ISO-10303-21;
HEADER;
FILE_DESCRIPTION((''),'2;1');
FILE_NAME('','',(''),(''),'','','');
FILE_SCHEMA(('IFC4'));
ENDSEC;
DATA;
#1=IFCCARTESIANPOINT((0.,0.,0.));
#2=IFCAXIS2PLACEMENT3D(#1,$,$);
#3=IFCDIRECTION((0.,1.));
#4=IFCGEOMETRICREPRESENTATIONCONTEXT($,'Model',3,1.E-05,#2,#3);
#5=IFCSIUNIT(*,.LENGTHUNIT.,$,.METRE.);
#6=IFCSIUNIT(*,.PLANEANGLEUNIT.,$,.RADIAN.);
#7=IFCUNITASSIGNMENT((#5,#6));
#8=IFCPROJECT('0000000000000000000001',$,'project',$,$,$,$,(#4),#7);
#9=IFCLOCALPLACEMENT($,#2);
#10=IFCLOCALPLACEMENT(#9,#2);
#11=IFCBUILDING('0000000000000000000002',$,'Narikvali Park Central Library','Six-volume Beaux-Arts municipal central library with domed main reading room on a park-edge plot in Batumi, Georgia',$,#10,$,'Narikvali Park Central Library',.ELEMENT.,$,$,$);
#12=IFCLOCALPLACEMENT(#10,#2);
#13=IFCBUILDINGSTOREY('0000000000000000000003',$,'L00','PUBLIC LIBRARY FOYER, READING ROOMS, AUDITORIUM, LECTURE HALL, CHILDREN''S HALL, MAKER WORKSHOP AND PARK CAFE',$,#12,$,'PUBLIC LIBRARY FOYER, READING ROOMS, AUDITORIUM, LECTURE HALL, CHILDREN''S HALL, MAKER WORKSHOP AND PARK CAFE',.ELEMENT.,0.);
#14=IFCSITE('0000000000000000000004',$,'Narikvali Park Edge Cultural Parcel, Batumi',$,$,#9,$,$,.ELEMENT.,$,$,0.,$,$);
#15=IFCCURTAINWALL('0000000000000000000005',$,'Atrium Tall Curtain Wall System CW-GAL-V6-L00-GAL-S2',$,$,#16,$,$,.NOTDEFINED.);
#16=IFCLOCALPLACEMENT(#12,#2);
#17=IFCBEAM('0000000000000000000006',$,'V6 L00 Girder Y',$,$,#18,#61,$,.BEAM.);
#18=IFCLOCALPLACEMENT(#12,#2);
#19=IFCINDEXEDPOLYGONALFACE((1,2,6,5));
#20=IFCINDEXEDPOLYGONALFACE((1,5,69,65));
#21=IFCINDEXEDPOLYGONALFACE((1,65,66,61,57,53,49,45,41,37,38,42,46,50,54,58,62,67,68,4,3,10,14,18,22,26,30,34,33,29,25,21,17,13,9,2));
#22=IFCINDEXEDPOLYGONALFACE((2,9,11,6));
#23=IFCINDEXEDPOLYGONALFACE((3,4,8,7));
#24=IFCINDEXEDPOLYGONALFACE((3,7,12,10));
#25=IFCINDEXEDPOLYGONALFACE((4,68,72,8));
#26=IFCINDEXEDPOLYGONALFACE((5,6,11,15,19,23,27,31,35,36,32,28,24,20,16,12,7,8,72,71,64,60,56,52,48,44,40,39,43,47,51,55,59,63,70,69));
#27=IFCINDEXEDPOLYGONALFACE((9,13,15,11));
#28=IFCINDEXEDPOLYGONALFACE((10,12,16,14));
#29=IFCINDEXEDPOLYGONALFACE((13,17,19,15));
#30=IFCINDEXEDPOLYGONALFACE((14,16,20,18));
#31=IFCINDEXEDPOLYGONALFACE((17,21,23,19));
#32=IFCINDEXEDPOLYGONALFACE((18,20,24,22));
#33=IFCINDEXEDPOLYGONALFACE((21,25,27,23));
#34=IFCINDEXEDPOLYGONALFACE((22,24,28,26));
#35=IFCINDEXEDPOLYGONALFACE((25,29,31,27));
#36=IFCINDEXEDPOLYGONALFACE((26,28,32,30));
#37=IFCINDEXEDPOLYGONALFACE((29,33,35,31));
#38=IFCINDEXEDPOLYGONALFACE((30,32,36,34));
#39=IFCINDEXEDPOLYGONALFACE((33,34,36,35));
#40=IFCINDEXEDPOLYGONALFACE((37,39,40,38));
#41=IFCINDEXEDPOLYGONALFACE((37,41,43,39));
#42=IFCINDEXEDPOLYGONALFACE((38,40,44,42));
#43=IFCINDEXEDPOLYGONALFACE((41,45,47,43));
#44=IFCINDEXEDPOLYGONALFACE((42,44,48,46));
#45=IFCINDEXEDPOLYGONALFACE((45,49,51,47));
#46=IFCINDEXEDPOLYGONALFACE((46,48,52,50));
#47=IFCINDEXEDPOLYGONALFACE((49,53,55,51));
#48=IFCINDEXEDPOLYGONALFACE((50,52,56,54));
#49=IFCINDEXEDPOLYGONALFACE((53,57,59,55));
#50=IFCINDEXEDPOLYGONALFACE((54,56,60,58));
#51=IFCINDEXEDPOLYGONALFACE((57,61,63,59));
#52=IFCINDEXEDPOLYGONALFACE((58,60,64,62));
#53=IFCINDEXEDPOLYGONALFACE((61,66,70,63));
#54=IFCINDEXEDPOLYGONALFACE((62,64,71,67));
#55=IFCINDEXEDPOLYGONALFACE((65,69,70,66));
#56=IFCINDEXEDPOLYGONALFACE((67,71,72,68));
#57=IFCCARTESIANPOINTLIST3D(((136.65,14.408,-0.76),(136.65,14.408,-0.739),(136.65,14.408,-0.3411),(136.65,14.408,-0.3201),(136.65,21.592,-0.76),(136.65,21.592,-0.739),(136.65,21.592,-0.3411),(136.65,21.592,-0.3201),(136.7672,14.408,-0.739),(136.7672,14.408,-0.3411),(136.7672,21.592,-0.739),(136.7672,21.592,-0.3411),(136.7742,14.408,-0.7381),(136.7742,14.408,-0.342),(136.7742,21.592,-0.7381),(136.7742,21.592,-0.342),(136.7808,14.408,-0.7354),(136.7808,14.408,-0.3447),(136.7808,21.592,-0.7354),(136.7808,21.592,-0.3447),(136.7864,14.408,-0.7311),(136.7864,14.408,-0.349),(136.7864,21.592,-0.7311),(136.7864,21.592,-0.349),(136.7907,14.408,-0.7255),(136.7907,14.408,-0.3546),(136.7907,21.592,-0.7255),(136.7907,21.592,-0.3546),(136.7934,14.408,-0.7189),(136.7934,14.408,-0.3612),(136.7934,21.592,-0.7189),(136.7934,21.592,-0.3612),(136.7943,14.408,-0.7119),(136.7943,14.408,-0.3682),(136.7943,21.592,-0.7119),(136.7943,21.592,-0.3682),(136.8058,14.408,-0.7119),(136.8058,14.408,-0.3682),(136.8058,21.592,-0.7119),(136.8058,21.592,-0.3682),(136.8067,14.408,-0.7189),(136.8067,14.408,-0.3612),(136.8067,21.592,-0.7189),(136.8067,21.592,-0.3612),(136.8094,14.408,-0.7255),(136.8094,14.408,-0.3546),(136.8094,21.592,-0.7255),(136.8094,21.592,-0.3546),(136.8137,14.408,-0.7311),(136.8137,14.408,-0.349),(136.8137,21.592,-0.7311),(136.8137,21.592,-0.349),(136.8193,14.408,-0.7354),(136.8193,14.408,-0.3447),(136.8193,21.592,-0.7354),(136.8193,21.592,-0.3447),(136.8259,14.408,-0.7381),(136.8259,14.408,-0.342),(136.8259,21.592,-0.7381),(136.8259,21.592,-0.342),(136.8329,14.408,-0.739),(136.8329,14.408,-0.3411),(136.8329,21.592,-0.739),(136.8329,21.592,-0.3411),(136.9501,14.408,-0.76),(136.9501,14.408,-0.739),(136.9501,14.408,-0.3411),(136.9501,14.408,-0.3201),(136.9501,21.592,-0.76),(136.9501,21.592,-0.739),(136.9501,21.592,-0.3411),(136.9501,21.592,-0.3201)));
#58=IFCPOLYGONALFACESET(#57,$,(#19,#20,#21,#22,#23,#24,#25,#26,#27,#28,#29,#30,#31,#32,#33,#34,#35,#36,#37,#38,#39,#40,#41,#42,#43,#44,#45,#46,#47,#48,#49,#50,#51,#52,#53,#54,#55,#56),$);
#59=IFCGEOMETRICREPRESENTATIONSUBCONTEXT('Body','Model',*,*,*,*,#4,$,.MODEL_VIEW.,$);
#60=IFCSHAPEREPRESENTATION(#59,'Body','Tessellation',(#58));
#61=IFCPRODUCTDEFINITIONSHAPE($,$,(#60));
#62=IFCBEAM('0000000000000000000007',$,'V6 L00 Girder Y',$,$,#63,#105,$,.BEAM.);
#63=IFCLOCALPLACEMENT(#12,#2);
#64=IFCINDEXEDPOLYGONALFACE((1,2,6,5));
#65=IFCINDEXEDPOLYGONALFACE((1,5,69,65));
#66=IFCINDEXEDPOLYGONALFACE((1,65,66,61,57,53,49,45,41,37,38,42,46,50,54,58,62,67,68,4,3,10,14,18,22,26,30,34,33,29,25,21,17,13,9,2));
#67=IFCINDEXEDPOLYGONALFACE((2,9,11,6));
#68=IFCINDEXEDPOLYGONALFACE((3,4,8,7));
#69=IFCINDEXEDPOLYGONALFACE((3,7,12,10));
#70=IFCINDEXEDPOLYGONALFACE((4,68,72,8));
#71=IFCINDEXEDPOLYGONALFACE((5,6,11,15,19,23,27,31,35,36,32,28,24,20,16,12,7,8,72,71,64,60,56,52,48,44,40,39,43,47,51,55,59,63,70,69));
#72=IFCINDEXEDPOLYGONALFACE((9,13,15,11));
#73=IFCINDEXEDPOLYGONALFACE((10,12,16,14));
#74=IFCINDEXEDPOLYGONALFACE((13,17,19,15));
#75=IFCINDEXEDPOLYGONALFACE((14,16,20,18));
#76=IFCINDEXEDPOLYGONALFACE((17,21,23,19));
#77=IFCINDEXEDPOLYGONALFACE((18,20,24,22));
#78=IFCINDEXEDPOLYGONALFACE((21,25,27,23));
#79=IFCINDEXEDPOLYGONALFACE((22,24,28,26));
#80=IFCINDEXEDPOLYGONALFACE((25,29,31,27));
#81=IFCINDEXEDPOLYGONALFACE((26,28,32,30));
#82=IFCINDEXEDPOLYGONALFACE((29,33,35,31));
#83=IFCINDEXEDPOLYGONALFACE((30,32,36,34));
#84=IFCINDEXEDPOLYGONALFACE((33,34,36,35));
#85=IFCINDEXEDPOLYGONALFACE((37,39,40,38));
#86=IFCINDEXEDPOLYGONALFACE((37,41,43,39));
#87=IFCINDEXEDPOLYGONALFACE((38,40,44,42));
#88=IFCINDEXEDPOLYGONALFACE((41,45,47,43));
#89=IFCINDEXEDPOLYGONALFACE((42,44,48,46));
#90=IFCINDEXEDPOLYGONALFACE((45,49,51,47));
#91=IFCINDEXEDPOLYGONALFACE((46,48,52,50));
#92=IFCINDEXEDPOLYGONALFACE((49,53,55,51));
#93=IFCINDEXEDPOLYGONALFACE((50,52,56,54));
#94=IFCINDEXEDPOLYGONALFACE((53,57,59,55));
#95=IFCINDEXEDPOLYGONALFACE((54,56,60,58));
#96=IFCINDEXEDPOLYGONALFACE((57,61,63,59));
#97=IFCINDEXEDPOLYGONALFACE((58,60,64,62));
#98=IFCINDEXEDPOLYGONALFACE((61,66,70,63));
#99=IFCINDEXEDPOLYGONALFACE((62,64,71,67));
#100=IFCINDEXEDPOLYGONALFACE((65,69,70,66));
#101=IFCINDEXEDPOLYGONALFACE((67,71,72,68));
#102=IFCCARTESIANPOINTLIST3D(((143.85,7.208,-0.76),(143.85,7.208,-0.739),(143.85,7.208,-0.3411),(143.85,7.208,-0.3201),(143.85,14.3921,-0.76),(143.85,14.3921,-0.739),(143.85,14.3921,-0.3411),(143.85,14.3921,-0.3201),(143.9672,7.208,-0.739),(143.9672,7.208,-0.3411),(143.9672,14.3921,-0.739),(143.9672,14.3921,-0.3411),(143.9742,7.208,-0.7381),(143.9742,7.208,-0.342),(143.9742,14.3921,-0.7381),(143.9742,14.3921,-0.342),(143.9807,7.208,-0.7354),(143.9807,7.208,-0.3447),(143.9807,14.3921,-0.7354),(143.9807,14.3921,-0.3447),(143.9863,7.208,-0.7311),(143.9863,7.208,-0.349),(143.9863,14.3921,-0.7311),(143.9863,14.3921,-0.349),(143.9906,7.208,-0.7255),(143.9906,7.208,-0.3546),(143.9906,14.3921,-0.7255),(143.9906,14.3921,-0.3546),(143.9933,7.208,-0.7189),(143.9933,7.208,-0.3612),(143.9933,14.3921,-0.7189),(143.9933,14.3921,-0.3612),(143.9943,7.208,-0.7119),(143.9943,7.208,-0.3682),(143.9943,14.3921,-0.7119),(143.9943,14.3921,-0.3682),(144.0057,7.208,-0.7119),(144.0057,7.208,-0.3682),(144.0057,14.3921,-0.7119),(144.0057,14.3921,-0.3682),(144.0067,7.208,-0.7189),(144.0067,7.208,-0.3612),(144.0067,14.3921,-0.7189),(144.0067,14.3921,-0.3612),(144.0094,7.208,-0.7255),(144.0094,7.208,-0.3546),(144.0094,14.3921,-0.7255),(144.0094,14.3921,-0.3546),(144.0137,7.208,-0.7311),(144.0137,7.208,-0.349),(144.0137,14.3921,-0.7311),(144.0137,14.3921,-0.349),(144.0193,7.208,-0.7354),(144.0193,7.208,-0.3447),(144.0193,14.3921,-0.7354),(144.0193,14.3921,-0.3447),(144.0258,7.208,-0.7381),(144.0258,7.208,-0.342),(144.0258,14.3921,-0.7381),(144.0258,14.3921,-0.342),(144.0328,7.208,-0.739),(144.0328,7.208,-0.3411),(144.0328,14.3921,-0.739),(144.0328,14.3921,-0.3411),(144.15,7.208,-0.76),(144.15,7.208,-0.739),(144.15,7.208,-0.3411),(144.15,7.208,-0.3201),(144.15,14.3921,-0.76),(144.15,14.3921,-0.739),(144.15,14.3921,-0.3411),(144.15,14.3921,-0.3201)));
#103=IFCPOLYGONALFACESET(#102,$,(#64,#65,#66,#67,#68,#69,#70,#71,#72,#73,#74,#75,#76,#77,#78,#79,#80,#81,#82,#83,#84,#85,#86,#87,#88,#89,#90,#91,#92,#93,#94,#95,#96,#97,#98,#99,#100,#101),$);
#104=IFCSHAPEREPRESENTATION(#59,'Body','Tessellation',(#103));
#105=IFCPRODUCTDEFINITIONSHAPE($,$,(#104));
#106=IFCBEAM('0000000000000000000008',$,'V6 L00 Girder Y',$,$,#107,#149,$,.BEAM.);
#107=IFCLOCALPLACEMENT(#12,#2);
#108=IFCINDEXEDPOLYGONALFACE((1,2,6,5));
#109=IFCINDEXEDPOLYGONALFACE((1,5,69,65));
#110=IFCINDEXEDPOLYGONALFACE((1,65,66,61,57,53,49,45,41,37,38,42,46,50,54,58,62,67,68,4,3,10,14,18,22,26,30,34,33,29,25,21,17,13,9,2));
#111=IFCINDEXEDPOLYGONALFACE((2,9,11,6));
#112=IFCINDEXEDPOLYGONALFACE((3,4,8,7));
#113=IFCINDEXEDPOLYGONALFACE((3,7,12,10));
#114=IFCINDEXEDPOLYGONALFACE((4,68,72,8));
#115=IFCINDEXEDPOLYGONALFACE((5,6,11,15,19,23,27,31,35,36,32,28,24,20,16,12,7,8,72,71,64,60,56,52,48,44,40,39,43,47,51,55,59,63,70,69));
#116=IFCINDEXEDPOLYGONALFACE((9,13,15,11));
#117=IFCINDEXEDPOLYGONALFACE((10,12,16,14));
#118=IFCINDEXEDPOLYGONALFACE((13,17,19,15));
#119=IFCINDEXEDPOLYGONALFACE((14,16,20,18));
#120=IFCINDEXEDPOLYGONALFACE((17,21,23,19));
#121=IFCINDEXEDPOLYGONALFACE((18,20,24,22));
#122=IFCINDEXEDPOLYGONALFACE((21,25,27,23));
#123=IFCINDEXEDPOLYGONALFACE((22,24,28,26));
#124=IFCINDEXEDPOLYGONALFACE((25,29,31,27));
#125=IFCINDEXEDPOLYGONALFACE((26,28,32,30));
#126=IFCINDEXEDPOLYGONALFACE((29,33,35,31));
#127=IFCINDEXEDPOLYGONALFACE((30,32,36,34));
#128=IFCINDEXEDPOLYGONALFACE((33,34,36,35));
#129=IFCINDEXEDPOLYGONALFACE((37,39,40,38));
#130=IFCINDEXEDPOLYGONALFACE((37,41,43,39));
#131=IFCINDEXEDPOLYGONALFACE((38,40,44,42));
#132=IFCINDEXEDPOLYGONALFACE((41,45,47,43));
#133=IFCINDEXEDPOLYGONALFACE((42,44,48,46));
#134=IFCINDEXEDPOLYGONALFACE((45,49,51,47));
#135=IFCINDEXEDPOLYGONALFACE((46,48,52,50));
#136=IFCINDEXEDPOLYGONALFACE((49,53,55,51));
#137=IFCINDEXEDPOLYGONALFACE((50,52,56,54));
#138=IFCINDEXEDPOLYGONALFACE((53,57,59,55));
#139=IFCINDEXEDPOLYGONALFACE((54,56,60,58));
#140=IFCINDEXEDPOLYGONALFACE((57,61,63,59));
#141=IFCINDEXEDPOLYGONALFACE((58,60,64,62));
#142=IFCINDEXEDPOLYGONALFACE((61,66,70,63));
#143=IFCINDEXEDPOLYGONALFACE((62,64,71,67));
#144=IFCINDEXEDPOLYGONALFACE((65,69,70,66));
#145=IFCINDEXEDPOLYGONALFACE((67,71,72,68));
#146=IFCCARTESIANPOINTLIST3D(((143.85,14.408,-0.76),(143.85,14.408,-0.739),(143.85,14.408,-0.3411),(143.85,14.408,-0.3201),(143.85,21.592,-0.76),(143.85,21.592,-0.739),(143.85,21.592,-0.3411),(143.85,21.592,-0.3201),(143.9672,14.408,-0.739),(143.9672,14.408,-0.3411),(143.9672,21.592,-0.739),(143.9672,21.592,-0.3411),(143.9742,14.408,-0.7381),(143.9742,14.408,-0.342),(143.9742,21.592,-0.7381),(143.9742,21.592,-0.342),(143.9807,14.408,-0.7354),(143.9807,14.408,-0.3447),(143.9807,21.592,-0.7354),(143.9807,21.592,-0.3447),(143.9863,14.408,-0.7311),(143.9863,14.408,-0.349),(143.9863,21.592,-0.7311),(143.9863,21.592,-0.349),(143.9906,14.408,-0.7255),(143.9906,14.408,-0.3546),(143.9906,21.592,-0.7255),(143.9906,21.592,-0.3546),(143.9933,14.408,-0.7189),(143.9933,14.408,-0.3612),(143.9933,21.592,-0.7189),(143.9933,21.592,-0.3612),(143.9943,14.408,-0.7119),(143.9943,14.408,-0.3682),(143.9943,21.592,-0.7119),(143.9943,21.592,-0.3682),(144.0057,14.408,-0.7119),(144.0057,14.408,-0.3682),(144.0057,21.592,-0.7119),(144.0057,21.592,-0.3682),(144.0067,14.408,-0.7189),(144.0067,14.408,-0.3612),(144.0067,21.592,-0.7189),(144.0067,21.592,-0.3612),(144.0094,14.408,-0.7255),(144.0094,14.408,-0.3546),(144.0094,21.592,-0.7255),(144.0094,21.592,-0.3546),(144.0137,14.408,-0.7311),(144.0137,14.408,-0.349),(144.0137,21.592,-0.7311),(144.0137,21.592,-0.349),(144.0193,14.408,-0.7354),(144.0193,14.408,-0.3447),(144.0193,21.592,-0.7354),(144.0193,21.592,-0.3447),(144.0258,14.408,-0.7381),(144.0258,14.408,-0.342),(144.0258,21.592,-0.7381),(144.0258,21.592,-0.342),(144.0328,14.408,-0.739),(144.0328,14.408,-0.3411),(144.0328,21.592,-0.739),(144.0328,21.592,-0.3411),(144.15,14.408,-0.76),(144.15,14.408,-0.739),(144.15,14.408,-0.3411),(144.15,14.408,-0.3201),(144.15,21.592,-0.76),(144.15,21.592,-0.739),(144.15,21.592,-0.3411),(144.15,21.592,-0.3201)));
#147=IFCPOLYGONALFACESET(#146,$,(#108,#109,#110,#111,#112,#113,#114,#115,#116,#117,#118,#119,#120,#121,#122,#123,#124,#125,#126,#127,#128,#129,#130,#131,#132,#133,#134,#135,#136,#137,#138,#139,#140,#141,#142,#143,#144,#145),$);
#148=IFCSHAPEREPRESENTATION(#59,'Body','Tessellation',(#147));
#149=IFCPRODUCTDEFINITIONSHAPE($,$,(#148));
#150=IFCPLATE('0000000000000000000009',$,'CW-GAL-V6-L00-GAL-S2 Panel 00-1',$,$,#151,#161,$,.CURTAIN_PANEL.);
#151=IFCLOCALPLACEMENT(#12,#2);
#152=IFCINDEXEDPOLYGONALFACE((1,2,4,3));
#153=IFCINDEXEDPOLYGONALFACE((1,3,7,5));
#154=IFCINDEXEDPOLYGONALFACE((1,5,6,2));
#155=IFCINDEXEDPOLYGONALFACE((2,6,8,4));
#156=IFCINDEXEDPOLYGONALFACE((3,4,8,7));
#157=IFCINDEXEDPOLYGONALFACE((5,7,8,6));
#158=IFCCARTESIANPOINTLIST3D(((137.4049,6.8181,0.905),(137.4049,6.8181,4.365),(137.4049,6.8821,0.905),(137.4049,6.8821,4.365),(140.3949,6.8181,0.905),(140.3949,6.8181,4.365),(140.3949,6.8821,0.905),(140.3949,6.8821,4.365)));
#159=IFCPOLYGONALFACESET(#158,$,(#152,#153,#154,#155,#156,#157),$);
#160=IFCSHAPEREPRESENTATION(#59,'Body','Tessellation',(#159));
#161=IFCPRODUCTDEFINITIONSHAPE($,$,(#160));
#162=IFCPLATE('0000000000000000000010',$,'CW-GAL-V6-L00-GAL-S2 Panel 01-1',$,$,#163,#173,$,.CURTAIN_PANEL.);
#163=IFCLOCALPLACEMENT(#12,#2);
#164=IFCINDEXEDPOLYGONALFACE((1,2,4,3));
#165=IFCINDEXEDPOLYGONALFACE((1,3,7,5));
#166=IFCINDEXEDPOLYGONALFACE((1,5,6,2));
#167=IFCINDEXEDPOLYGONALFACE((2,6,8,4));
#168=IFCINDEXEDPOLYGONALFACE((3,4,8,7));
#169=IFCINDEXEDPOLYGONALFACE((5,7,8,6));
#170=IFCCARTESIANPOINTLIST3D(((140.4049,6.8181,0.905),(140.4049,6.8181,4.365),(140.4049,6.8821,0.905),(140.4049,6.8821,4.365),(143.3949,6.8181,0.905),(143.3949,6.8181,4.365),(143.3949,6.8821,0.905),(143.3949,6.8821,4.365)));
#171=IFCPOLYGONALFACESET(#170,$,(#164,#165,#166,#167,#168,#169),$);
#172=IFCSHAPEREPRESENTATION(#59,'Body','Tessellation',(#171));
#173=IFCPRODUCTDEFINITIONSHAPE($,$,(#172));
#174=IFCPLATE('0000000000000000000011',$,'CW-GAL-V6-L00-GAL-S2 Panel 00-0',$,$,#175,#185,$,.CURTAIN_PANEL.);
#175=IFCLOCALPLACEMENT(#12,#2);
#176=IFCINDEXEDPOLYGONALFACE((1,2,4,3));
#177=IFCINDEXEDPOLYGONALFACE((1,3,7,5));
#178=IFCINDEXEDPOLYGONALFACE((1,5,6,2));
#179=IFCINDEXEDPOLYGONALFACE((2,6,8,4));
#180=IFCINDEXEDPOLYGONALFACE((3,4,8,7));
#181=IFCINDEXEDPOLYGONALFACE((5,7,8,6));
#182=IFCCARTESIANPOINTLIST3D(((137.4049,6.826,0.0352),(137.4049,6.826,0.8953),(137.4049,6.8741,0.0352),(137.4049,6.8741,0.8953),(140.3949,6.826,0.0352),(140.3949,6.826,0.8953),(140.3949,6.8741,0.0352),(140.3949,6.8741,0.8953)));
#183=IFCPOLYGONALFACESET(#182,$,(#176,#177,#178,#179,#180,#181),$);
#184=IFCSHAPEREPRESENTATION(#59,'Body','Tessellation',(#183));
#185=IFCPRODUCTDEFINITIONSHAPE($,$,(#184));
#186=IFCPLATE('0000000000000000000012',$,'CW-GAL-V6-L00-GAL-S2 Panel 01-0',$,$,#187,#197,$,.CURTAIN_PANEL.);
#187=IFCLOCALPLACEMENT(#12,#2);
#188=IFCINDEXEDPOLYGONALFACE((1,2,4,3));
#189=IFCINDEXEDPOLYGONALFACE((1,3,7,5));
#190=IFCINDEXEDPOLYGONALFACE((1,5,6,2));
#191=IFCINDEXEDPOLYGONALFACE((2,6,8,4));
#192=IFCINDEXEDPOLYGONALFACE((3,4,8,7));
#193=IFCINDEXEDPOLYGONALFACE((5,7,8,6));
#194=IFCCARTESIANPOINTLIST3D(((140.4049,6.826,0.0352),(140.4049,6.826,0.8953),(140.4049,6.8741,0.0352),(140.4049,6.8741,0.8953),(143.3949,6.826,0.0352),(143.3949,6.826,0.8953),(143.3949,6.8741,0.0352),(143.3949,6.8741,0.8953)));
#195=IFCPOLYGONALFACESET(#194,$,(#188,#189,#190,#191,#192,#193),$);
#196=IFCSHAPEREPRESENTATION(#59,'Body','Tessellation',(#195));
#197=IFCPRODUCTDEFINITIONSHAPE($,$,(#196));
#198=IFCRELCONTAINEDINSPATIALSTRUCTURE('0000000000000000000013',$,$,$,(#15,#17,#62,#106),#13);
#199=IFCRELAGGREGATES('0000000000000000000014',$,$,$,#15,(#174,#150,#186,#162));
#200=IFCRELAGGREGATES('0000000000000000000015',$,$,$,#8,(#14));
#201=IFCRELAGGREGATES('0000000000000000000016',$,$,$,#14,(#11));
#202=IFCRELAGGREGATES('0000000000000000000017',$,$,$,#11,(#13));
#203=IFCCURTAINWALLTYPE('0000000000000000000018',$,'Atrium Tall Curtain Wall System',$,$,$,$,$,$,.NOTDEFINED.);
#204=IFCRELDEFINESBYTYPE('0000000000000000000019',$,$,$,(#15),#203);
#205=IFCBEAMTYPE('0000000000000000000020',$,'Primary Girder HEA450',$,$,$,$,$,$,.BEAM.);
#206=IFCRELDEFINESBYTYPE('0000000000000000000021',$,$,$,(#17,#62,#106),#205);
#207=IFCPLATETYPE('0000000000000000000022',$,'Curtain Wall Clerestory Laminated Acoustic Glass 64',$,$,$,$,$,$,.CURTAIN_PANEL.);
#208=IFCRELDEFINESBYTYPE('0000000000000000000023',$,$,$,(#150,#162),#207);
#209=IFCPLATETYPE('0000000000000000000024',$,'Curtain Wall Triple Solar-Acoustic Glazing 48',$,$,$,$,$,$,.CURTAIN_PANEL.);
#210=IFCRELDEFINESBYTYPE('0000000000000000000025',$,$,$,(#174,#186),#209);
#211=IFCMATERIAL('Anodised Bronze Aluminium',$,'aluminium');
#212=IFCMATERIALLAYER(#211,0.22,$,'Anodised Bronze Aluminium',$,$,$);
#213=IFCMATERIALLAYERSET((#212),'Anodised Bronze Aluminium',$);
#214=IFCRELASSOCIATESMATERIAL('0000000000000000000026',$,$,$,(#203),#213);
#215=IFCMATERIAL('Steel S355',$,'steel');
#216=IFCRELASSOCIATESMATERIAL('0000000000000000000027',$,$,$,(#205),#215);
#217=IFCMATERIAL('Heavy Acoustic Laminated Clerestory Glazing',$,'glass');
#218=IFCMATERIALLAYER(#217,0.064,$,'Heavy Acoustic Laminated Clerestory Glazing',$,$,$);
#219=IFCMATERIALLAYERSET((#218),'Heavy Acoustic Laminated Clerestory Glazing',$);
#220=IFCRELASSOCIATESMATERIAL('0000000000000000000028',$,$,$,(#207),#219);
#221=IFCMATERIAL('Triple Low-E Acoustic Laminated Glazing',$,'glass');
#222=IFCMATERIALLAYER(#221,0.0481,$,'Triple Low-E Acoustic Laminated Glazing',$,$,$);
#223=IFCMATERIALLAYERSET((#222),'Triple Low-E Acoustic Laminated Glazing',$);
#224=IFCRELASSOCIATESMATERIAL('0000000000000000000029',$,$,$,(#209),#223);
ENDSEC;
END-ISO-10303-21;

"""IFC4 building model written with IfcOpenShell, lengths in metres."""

from ifc_helpers import new_model, si_unit, direction, frame, origin, origin_2d, place, context, subcontext, project, spatial, rectangle, i_section, extrude, material, layer, layer_set, material_profile, profile_set, type_object, element, aggregate, save


model = new_model("IFC4")

# Units and contexts
model_context = context("Model", 3, precision=1e-05, world=origin(), true_north=direction((0.0, 1.0)))
body_context = subcontext(model_context, "Body", "Model", "MODEL_VIEW")
ifc_project = project(units=[si_unit("LENGTHUNIT", "METRE"), si_unit("PLANEANGLEUNIT", "RADIAN")], contexts=[model_context])

# Site, building, storey
site_placement = place(None, origin())
site = spatial("IfcSite", under=ifc_project, at=site_placement, Name="Narikvali Park Edge Cultural Parcel, Batumi", CompositionType="ELEMENT", RefElevation=0.0)
building_placement = place(site_placement, origin())
building = spatial("IfcBuilding", under=site, at=building_placement, Name="Narikvali Park Central Library", Description="Six-volume Beaux-Arts municipal central library with domed main reading room on a park-edge plot in Batumi, Georgia", LongName="Narikvali Park Central Library", CompositionType="ELEMENT")
storey_placement = place(building_placement, origin())
storey = spatial("IfcBuildingStorey", under=building, at=storey_placement, Name="L00", Description="PUBLIC LIBRARY FOYER, READING ROOMS, AUDITORIUM, LECTURE HALL, CHILDREN'S HALL, MAKER WORKSHOP AND PARK CAFE", LongName="PUBLIC LIBRARY FOYER, READING ROOMS, AUDITORIUM, LECTURE HALL, CHILDREN'S HALL, MAKER WORKSHOP AND PARK CAFE", CompositionType="ELEMENT", Elevation=0.0)

# Shared definitions
ifc_material_1 = material(Name="Steel S355", Category="steel")

# Curtain wall
ifc_material_2 = material(Name="Anodised Bronze Aluminium", Category="aluminium")
ifc_layer_1 = layer(ifc_material_2, 0.22, Name="Anodised Bronze Aluminium")
ifc_layer_set_1 = layer_set([ifc_layer_1], Name="Anodised Bronze Aluminium")
curtain_wall_type = type_object("IfcCurtainWallType", Name="Atrium Tall Curtain Wall System", PredefinedType="NOTDEFINED", material=ifc_layer_set_1)
curtain_wall_placement = place(storey_placement, origin())
curtain_wall = element("IfcCurtainWall", 1, at=curtain_wall_placement, inside=storey, type_object=curtain_wall_type, Name="Atrium Tall Curtain Wall System CW-GAL-V6-L00-GAL-S2", PredefinedType="NOTDEFINED")

# Beams
ifc_material_profile_1 = material_profile(ifc_material_1, i_section(OverallWidth=0.3, OverallDepth=0.4399, WebThickness=0.0115, FlangeThickness=0.021, FilletRadius=0.0271, at=origin_2d()), Name="HEA 450")
ifc_profile_set_1 = profile_set([ifc_material_profile_1], Name="Steel S355")
beam_type_1 = type_object("IfcBeamType", Name="Primary Girder HEA450", PredefinedType="BEAM", material=ifc_profile_set_1)
for number, where, z_axis, x_axis, name in (
    (2, (136.8, 14.408, -0.54), (0.0, 1.0, 0.0), (-1.0, 0.0, 0.0), "V6 L00 Girder Y"),
    (3, (144.0, 7.208, -0.54), (0.0, 1.0, 0.0), (-1.0, 0.0, 0.0), "V6 L00 Girder Y"),
    (4, (144.0, 14.408, -0.54), (0.0, 1.0, 0.0), (-1.0, 0.0, 0.0), "V6 L00 Girder Y"),
):
    element("IfcBeam", number, at=place(storey_placement, frame(where, z_axis=z_axis, x_axis=x_axis)), inside=storey, type_object=beam_type_1, Name=name, PredefinedType="BEAM", context=body_context, shape_type="SweptSolid", body=[
        extrude(i_section(OverallWidth=0.3, OverallDepth=0.4399, WebThickness=0.0115, FlangeThickness=0.021, FilletRadius=0.0271, at=origin_2d()), origin(), (0.0, 0.0, 1.0), 7.1841),
    ])

# Plates
ifc_material_3 = material(Name="Heavy Acoustic Laminated Clerestory Glazing", Category="glass")
ifc_layer_2 = layer(ifc_material_3, 0.064, Name="Heavy Acoustic Laminated Clerestory Glazing")
ifc_layer_set_2 = layer_set([ifc_layer_2], Name="Heavy Acoustic Laminated Clerestory Glazing")
plate_type_1 = type_object("IfcPlateType", Name="Curtain Wall Clerestory Laminated Acoustic Glass 64", PredefinedType="CURTAIN_PANEL", material=ifc_layer_set_2)
plate_1_placement = place(storey_placement, frame((138.8999, 6.8501, 0.905), z_axis=(0.0, 0.0, 1.0), x_axis=(1.0, 0.0, 0.0)))
plate_1 = element("IfcPlate", 5, at=plate_1_placement, type_object=plate_type_1, Name="CW-GAL-V6-L00-GAL-S2 Panel 00-1", PredefinedType="CURTAIN_PANEL", context=body_context, shape_type="SweptSolid", body=[
    extrude(rectangle(XDim=2.99, YDim=0.064, at=origin_2d()), origin(), (0.0, 0.0, 1.0), 3.46),
])
plate_2_placement = place(storey_placement, frame((141.8999, 6.8501, 0.905), z_axis=(0.0, 0.0, 1.0), x_axis=(1.0, 0.0, 0.0)))
plate_2 = element("IfcPlate", 6, at=plate_2_placement, type_object=plate_type_1, Name="CW-GAL-V6-L00-GAL-S2 Panel 01-1", PredefinedType="CURTAIN_PANEL", context=body_context, shape_type="SweptSolid", body=[
    extrude(rectangle(XDim=2.99, YDim=0.064, at=origin_2d()), origin(), (0.0, 0.0, 1.0), 3.46),
])
ifc_material_4 = material(Name="Triple Low-E Acoustic Laminated Glazing", Category="glass")
ifc_layer_3 = layer(ifc_material_4, 0.0481, Name="Triple Low-E Acoustic Laminated Glazing")
ifc_layer_set_3 = layer_set([ifc_layer_3], Name="Triple Low-E Acoustic Laminated Glazing")
plate_type_2 = type_object("IfcPlateType", Name="Curtain Wall Triple Solar-Acoustic Glazing 48", PredefinedType="CURTAIN_PANEL", material=ifc_layer_set_3)
plate_3_placement = place(storey_placement, frame((138.8999, 6.8501, 0.0352), z_axis=(0.0, 0.0, 1.0), x_axis=(1.0, 0.0, 0.0)))
plate_3 = element("IfcPlate", 7, at=plate_3_placement, type_object=plate_type_2, Name="CW-GAL-V6-L00-GAL-S2 Panel 00-0", PredefinedType="CURTAIN_PANEL", context=body_context, shape_type="SweptSolid", body=[
    extrude(rectangle(XDim=2.99, YDim=0.0481, at=origin_2d()), origin(), (0.0, 0.0, 1.0), 0.8601),
])
plate_4_placement = place(storey_placement, frame((141.8999, 6.8501, 0.0352), z_axis=(0.0, 0.0, 1.0), x_axis=(1.0, 0.0, 0.0)))
plate_4 = element("IfcPlate", 8, at=plate_4_placement, type_object=plate_type_2, Name="CW-GAL-V6-L00-GAL-S2 Panel 01-0", PredefinedType="CURTAIN_PANEL", context=body_context, shape_type="SweptSolid", body=[
    extrude(rectangle(XDim=2.99, YDim=0.0481, at=origin_2d()), origin(), (0.0, 0.0, 1.0), 0.8601),
])
aggregate(curtain_wall, [plate_3, plate_1, plate_4, plate_2])

save(model, "model.ifc")
